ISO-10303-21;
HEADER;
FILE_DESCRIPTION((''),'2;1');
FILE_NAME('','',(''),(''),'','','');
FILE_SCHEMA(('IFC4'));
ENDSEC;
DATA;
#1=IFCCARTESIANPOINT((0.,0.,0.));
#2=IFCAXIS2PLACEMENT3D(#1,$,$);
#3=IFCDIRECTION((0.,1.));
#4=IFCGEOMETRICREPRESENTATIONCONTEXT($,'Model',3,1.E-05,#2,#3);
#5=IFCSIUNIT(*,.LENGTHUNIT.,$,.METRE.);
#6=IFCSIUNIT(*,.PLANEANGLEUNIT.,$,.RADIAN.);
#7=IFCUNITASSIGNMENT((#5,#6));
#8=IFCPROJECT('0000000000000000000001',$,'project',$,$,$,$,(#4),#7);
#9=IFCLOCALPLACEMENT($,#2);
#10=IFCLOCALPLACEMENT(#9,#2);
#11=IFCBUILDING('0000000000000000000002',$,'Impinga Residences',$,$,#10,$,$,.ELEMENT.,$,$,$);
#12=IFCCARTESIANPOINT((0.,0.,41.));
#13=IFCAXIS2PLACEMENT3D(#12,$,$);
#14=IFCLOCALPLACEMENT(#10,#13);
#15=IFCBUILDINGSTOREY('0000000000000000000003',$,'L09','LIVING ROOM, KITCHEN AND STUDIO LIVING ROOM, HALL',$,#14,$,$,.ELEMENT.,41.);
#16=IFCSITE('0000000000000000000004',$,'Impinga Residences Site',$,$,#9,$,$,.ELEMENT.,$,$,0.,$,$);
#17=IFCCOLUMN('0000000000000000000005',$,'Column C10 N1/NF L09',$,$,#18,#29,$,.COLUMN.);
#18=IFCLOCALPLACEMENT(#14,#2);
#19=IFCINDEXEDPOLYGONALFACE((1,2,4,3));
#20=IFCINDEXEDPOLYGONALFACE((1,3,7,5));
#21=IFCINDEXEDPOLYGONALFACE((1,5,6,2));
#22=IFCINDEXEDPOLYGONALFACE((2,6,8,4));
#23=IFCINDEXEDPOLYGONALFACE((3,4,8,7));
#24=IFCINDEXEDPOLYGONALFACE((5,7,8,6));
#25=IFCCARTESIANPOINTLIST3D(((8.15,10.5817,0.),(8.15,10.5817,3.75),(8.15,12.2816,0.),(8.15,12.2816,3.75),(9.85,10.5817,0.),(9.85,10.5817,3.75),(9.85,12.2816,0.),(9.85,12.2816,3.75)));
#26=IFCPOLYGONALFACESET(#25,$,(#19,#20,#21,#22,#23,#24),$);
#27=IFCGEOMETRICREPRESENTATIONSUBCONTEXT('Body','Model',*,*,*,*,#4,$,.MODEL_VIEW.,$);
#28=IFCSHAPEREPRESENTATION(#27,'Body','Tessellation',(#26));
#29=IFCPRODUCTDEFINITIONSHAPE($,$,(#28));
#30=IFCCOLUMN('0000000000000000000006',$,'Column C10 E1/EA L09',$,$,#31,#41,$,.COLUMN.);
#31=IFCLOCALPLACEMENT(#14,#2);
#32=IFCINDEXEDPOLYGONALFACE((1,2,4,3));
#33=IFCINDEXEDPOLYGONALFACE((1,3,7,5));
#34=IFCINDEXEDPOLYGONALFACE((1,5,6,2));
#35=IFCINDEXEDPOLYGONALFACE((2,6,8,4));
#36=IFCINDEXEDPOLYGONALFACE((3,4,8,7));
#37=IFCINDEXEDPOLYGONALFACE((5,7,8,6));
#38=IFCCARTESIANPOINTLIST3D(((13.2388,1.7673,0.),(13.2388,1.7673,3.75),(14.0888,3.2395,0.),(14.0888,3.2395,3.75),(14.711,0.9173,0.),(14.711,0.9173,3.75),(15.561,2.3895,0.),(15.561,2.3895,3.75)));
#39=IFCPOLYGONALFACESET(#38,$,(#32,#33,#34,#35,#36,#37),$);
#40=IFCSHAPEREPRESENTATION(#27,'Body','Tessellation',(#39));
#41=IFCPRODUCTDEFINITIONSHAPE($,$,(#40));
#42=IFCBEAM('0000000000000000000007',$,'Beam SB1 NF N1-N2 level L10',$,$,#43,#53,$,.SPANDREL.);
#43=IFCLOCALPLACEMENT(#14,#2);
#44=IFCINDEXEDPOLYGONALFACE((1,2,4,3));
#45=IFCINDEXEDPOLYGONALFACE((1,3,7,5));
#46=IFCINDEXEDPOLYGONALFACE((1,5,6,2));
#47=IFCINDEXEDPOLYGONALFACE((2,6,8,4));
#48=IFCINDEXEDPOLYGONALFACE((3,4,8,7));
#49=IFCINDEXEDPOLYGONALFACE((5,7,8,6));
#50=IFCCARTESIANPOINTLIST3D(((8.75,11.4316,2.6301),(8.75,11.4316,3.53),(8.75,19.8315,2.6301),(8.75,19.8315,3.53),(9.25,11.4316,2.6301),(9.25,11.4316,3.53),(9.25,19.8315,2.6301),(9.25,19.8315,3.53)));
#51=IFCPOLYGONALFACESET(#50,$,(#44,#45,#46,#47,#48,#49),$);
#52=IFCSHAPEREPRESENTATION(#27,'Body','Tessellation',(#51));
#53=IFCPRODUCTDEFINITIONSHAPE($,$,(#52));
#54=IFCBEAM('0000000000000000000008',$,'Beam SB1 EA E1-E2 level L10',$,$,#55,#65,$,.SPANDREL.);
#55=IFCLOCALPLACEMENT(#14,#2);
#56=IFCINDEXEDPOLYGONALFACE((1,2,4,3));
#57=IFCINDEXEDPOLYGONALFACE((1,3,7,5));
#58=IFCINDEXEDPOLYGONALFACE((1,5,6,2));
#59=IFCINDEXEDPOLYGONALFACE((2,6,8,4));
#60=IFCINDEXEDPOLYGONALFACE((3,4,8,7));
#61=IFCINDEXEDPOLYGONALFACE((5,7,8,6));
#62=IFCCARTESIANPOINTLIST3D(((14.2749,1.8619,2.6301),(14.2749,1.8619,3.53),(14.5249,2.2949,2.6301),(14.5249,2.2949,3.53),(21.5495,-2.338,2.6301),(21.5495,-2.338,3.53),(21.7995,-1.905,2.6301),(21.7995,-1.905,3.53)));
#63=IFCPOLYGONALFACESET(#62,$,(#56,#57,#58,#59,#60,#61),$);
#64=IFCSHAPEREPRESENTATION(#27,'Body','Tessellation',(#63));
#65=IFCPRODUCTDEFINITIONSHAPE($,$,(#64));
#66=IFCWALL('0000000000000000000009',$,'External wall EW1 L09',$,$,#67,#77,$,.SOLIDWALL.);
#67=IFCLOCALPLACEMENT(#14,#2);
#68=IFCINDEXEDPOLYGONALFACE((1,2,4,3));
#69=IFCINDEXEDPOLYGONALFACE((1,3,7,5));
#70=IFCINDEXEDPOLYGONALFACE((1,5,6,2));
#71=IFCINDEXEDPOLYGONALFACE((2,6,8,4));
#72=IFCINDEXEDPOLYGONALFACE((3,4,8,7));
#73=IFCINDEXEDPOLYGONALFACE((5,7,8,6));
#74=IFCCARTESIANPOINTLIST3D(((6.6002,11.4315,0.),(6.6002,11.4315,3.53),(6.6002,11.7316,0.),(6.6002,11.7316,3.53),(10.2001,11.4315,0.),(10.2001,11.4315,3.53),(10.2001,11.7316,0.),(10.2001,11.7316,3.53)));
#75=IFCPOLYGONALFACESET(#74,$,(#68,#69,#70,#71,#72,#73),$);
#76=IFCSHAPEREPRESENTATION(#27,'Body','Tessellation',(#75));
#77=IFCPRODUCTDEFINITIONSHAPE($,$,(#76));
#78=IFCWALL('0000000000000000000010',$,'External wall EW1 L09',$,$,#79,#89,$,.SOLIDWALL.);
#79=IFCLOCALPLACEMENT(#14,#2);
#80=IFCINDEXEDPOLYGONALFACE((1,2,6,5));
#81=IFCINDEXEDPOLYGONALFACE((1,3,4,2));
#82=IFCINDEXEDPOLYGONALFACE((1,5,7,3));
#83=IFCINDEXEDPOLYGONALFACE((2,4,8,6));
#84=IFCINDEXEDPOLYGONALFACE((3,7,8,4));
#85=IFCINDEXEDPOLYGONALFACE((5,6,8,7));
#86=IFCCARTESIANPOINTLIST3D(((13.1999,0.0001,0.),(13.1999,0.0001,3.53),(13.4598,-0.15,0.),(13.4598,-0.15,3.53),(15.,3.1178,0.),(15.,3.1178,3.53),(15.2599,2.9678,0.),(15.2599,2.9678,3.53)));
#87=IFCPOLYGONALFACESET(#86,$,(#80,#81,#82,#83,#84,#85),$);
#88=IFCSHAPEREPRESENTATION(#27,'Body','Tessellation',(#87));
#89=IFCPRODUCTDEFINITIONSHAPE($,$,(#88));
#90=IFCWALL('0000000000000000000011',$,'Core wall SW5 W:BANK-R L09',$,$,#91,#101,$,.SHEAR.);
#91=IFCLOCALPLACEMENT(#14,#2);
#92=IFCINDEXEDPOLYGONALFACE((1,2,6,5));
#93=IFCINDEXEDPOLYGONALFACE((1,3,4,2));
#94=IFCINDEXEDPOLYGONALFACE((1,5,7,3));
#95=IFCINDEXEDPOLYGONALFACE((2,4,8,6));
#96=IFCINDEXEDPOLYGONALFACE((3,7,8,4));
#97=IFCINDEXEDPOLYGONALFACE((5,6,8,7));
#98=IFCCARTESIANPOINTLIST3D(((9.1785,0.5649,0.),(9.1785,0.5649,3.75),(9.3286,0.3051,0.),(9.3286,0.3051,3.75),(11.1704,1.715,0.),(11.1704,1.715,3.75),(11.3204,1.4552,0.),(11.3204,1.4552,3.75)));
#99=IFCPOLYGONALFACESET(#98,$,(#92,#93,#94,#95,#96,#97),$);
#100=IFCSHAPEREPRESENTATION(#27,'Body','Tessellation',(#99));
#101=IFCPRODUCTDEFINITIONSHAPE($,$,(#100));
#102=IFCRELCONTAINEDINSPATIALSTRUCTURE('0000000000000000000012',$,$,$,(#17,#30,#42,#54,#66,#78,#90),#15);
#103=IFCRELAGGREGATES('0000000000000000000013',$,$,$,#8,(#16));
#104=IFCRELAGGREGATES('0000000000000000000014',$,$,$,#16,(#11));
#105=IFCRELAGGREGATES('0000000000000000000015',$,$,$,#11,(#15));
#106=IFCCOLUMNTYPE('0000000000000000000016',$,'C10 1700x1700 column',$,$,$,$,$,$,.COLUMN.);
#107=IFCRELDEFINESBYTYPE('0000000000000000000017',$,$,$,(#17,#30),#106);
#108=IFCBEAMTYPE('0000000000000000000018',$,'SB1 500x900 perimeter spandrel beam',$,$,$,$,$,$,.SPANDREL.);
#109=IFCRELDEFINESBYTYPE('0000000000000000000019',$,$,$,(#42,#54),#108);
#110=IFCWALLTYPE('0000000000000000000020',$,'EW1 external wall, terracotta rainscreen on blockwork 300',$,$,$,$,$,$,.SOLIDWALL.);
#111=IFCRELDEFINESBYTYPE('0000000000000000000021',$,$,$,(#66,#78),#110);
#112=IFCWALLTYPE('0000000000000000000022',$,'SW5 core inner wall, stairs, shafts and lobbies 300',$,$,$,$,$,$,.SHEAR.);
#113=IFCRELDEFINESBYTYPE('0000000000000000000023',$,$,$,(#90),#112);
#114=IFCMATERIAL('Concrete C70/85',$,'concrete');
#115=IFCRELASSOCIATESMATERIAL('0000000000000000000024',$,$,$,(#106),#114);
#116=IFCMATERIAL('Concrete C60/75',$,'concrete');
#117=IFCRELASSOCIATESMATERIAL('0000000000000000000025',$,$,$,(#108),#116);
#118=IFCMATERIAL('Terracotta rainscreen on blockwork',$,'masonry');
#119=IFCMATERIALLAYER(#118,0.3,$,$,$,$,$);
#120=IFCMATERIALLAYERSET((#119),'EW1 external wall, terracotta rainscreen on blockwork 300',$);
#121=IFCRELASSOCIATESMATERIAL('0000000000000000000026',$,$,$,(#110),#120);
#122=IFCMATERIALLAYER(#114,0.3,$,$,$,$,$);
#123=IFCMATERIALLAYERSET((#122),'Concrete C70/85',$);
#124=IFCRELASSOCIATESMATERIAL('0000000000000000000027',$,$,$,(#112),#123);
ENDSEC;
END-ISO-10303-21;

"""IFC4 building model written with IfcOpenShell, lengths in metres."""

from ifc_helpers import new_model, si_unit, direction, frame, frame_2d, origin, origin_2d, place, context, subcontext, project, spatial, rectangle, extrude, material, layer, layer_set, material_profile, profile_set, type_object, element, save


model = new_model("IFC4")

# Units and contexts
model_context = context("Model", 3, precision=1e-05, world=origin(), true_north=direction((0.0, 1.0)))
body_context = subcontext(model_context, "Body", "Model", "MODEL_VIEW")
ifc_project = project(units=[si_unit("LENGTHUNIT", "METRE"), si_unit("PLANEANGLEUNIT", "RADIAN")], contexts=[model_context])

# Site, building, storey
site_placement = place(None, origin())
site = spatial("IfcSite", under=ifc_project, at=site_placement, Name="Impinga Residences Site", CompositionType="ELEMENT", RefElevation=0.0)
building_placement = place(site_placement, origin())
building = spatial("IfcBuilding", under=site, at=building_placement, Name="Impinga Residences", CompositionType="ELEMENT")
storey_placement = place(building_placement, frame((0.0, 0.0, 41.0)))
storey = spatial("IfcBuildingStorey", under=building, at=storey_placement, Name="L09", Description="LIVING ROOM, KITCHEN AND STUDIO LIVING ROOM, HALL", CompositionType="ELEMENT", Elevation=41.0)

# Columns
ifc_material_1 = material(Name="Concrete C70/85", Category="concrete")
ifc_material_profile_1 = material_profile(ifc_material_1, rectangle(XDim=1.7, YDim=1.7, at=origin_2d()), Name="RC 1700x1700")
ifc_profile_set_1 = profile_set([ifc_material_profile_1], Name="Concrete C70/85")
column_type = type_object("IfcColumnType", Name="C10 1700x1700 column", PredefinedType="COLUMN", material=ifc_profile_set_1)
for number, where, z_axis, x_axis, name in (
    (1, (9.0, 11.4316, 0.0), (0.0, 0.0, 1.0), (1.0, 0.0, 0.0), "Column C10 N1/NF L09"),
    (2, (14.3999, 2.0784, 0.0), (0.0, 0.0, 1.0), (-0.5, -0.866025, 0.0), "Column C10 E1/EA L09"),
):
    element("IfcColumn", number, at=place(storey_placement, frame(where, z_axis=z_axis, x_axis=x_axis)), inside=storey, type_object=column_type, Name=name, PredefinedType="COLUMN", context=body_context, shape_type="SweptSolid", body=[
        extrude(rectangle(XDim=1.7, YDim=1.7, at=origin_2d()), origin(), (0.0, 0.0, 1.0), 3.75),
    ])

# Beams
ifc_material_2 = material(Name="Concrete C60/75", Category="concrete")
ifc_material_profile_2 = material_profile(ifc_material_2, rectangle(XDim=0.5, YDim=0.8999, at=origin_2d()), Name="RC 500x900")
ifc_profile_set_2 = profile_set([ifc_material_profile_2], Name="Concrete C60/75")
beam_type = type_object("IfcBeamType", Name="SB1 500x900 perimeter spandrel beam", PredefinedType="SPANDREL", material=ifc_profile_set_2)
for number, where, z_axis, x_axis, name in (
    (3, (9.0, 11.4316, 3.0801), (0.0, 1.0, 0.0), (-1.0, 0.0, 0.0), "Beam SB1 NF N1-N2 level L10"),
    (4, (14.3999, 2.0784, 3.0801), (0.866029, -0.499993, 0.0), (0.499993, 0.866029, 0.0), "Beam SB1 EA E1-E2 level L10"),
):
    element("IfcBeam", number, at=place(storey_placement, frame(where, z_axis=z_axis, x_axis=x_axis)), inside=storey, type_object=beam_type, Name=name, PredefinedType="SPANDREL", context=body_context, shape_type="SweptSolid", body=[
        extrude(rectangle(XDim=0.5, YDim=0.8999, at=origin_2d()), origin(), (0.0, 0.0, 1.0), 8.3999),
    ])

# Walls
ifc_material_3 = material(Name="Terracotta rainscreen on blockwork", Category="masonry")
ifc_layer_1 = layer(ifc_material_3, 0.3)
ifc_layer_set_1 = layer_set([ifc_layer_1], Name="EW1 external wall, terracotta rainscreen on blockwork 300")
wall_type_1 = type_object("IfcWallType", Name="EW1 external wall, terracotta rainscreen on blockwork 300", PredefinedType="SOLIDWALL", material=ifc_layer_set_1)
wall_1_placement = place(storey_placement, frame((10.2, 11.5815, 0.0), z_axis=(0.0, 0.0, 1.0), x_axis=(-1.0, 0.0, 0.0)))
element("IfcWall", 5, at=wall_1_placement, inside=storey, type_object=wall_type_1, Name="External wall EW1 L09", PredefinedType="SOLIDWALL", context=body_context, shape_type="SweptSolid", body=[
    extrude(rectangle(XDim=3.5999, YDim=0.3, at=frame_2d((1.7998, 0.0))), origin(), (0.0, 0.0, 1.0), 3.53),
])
wall_2_placement = place(storey_placement, frame((13.3298, -0.075, 0.0), z_axis=(0.0, 0.0, 1.0), x_axis=(0.500012, 0.866018, 0.0)))
element("IfcWall", 6, at=wall_2_placement, inside=storey, type_object=wall_type_1, Name="External wall EW1 L09", PredefinedType="SOLIDWALL", context=body_context, shape_type="SweptSolid", body=[
    extrude(rectangle(XDim=3.6001, YDim=0.3, at=frame_2d((1.8, 0.0))), origin(), (0.0, 0.0, 1.0), 3.53),
])
ifc_layer_2 = layer(ifc_material_1, 0.3)
ifc_layer_set_2 = layer_set([ifc_layer_2], Name="Concrete C70/85")
wall_type_2 = type_object("IfcWallType", Name="SW5 core inner wall, stairs, shafts and lobbies 300", PredefinedType="SHEAR", material=ifc_layer_set_2)
wall_3_placement = place(storey_placement, frame((9.2537, 0.4351, 0.0), z_axis=(0.0, 0.0, 1.0), x_axis=(0.866007, 0.500032, 0.0)))
element("IfcWall", 7, at=wall_3_placement, inside=storey, type_object=wall_type_2, Name="Core wall SW5 W:BANK-R L09", PredefinedType="SHEAR", context=body_context, shape_type="SweptSolid", body=[
    extrude(rectangle(XDim=2.3, YDim=0.3, at=frame_2d((1.1499, 0.0))), origin(), (0.0, 0.0, 1.0), 3.75),
])

save(model, "model.ifc")
